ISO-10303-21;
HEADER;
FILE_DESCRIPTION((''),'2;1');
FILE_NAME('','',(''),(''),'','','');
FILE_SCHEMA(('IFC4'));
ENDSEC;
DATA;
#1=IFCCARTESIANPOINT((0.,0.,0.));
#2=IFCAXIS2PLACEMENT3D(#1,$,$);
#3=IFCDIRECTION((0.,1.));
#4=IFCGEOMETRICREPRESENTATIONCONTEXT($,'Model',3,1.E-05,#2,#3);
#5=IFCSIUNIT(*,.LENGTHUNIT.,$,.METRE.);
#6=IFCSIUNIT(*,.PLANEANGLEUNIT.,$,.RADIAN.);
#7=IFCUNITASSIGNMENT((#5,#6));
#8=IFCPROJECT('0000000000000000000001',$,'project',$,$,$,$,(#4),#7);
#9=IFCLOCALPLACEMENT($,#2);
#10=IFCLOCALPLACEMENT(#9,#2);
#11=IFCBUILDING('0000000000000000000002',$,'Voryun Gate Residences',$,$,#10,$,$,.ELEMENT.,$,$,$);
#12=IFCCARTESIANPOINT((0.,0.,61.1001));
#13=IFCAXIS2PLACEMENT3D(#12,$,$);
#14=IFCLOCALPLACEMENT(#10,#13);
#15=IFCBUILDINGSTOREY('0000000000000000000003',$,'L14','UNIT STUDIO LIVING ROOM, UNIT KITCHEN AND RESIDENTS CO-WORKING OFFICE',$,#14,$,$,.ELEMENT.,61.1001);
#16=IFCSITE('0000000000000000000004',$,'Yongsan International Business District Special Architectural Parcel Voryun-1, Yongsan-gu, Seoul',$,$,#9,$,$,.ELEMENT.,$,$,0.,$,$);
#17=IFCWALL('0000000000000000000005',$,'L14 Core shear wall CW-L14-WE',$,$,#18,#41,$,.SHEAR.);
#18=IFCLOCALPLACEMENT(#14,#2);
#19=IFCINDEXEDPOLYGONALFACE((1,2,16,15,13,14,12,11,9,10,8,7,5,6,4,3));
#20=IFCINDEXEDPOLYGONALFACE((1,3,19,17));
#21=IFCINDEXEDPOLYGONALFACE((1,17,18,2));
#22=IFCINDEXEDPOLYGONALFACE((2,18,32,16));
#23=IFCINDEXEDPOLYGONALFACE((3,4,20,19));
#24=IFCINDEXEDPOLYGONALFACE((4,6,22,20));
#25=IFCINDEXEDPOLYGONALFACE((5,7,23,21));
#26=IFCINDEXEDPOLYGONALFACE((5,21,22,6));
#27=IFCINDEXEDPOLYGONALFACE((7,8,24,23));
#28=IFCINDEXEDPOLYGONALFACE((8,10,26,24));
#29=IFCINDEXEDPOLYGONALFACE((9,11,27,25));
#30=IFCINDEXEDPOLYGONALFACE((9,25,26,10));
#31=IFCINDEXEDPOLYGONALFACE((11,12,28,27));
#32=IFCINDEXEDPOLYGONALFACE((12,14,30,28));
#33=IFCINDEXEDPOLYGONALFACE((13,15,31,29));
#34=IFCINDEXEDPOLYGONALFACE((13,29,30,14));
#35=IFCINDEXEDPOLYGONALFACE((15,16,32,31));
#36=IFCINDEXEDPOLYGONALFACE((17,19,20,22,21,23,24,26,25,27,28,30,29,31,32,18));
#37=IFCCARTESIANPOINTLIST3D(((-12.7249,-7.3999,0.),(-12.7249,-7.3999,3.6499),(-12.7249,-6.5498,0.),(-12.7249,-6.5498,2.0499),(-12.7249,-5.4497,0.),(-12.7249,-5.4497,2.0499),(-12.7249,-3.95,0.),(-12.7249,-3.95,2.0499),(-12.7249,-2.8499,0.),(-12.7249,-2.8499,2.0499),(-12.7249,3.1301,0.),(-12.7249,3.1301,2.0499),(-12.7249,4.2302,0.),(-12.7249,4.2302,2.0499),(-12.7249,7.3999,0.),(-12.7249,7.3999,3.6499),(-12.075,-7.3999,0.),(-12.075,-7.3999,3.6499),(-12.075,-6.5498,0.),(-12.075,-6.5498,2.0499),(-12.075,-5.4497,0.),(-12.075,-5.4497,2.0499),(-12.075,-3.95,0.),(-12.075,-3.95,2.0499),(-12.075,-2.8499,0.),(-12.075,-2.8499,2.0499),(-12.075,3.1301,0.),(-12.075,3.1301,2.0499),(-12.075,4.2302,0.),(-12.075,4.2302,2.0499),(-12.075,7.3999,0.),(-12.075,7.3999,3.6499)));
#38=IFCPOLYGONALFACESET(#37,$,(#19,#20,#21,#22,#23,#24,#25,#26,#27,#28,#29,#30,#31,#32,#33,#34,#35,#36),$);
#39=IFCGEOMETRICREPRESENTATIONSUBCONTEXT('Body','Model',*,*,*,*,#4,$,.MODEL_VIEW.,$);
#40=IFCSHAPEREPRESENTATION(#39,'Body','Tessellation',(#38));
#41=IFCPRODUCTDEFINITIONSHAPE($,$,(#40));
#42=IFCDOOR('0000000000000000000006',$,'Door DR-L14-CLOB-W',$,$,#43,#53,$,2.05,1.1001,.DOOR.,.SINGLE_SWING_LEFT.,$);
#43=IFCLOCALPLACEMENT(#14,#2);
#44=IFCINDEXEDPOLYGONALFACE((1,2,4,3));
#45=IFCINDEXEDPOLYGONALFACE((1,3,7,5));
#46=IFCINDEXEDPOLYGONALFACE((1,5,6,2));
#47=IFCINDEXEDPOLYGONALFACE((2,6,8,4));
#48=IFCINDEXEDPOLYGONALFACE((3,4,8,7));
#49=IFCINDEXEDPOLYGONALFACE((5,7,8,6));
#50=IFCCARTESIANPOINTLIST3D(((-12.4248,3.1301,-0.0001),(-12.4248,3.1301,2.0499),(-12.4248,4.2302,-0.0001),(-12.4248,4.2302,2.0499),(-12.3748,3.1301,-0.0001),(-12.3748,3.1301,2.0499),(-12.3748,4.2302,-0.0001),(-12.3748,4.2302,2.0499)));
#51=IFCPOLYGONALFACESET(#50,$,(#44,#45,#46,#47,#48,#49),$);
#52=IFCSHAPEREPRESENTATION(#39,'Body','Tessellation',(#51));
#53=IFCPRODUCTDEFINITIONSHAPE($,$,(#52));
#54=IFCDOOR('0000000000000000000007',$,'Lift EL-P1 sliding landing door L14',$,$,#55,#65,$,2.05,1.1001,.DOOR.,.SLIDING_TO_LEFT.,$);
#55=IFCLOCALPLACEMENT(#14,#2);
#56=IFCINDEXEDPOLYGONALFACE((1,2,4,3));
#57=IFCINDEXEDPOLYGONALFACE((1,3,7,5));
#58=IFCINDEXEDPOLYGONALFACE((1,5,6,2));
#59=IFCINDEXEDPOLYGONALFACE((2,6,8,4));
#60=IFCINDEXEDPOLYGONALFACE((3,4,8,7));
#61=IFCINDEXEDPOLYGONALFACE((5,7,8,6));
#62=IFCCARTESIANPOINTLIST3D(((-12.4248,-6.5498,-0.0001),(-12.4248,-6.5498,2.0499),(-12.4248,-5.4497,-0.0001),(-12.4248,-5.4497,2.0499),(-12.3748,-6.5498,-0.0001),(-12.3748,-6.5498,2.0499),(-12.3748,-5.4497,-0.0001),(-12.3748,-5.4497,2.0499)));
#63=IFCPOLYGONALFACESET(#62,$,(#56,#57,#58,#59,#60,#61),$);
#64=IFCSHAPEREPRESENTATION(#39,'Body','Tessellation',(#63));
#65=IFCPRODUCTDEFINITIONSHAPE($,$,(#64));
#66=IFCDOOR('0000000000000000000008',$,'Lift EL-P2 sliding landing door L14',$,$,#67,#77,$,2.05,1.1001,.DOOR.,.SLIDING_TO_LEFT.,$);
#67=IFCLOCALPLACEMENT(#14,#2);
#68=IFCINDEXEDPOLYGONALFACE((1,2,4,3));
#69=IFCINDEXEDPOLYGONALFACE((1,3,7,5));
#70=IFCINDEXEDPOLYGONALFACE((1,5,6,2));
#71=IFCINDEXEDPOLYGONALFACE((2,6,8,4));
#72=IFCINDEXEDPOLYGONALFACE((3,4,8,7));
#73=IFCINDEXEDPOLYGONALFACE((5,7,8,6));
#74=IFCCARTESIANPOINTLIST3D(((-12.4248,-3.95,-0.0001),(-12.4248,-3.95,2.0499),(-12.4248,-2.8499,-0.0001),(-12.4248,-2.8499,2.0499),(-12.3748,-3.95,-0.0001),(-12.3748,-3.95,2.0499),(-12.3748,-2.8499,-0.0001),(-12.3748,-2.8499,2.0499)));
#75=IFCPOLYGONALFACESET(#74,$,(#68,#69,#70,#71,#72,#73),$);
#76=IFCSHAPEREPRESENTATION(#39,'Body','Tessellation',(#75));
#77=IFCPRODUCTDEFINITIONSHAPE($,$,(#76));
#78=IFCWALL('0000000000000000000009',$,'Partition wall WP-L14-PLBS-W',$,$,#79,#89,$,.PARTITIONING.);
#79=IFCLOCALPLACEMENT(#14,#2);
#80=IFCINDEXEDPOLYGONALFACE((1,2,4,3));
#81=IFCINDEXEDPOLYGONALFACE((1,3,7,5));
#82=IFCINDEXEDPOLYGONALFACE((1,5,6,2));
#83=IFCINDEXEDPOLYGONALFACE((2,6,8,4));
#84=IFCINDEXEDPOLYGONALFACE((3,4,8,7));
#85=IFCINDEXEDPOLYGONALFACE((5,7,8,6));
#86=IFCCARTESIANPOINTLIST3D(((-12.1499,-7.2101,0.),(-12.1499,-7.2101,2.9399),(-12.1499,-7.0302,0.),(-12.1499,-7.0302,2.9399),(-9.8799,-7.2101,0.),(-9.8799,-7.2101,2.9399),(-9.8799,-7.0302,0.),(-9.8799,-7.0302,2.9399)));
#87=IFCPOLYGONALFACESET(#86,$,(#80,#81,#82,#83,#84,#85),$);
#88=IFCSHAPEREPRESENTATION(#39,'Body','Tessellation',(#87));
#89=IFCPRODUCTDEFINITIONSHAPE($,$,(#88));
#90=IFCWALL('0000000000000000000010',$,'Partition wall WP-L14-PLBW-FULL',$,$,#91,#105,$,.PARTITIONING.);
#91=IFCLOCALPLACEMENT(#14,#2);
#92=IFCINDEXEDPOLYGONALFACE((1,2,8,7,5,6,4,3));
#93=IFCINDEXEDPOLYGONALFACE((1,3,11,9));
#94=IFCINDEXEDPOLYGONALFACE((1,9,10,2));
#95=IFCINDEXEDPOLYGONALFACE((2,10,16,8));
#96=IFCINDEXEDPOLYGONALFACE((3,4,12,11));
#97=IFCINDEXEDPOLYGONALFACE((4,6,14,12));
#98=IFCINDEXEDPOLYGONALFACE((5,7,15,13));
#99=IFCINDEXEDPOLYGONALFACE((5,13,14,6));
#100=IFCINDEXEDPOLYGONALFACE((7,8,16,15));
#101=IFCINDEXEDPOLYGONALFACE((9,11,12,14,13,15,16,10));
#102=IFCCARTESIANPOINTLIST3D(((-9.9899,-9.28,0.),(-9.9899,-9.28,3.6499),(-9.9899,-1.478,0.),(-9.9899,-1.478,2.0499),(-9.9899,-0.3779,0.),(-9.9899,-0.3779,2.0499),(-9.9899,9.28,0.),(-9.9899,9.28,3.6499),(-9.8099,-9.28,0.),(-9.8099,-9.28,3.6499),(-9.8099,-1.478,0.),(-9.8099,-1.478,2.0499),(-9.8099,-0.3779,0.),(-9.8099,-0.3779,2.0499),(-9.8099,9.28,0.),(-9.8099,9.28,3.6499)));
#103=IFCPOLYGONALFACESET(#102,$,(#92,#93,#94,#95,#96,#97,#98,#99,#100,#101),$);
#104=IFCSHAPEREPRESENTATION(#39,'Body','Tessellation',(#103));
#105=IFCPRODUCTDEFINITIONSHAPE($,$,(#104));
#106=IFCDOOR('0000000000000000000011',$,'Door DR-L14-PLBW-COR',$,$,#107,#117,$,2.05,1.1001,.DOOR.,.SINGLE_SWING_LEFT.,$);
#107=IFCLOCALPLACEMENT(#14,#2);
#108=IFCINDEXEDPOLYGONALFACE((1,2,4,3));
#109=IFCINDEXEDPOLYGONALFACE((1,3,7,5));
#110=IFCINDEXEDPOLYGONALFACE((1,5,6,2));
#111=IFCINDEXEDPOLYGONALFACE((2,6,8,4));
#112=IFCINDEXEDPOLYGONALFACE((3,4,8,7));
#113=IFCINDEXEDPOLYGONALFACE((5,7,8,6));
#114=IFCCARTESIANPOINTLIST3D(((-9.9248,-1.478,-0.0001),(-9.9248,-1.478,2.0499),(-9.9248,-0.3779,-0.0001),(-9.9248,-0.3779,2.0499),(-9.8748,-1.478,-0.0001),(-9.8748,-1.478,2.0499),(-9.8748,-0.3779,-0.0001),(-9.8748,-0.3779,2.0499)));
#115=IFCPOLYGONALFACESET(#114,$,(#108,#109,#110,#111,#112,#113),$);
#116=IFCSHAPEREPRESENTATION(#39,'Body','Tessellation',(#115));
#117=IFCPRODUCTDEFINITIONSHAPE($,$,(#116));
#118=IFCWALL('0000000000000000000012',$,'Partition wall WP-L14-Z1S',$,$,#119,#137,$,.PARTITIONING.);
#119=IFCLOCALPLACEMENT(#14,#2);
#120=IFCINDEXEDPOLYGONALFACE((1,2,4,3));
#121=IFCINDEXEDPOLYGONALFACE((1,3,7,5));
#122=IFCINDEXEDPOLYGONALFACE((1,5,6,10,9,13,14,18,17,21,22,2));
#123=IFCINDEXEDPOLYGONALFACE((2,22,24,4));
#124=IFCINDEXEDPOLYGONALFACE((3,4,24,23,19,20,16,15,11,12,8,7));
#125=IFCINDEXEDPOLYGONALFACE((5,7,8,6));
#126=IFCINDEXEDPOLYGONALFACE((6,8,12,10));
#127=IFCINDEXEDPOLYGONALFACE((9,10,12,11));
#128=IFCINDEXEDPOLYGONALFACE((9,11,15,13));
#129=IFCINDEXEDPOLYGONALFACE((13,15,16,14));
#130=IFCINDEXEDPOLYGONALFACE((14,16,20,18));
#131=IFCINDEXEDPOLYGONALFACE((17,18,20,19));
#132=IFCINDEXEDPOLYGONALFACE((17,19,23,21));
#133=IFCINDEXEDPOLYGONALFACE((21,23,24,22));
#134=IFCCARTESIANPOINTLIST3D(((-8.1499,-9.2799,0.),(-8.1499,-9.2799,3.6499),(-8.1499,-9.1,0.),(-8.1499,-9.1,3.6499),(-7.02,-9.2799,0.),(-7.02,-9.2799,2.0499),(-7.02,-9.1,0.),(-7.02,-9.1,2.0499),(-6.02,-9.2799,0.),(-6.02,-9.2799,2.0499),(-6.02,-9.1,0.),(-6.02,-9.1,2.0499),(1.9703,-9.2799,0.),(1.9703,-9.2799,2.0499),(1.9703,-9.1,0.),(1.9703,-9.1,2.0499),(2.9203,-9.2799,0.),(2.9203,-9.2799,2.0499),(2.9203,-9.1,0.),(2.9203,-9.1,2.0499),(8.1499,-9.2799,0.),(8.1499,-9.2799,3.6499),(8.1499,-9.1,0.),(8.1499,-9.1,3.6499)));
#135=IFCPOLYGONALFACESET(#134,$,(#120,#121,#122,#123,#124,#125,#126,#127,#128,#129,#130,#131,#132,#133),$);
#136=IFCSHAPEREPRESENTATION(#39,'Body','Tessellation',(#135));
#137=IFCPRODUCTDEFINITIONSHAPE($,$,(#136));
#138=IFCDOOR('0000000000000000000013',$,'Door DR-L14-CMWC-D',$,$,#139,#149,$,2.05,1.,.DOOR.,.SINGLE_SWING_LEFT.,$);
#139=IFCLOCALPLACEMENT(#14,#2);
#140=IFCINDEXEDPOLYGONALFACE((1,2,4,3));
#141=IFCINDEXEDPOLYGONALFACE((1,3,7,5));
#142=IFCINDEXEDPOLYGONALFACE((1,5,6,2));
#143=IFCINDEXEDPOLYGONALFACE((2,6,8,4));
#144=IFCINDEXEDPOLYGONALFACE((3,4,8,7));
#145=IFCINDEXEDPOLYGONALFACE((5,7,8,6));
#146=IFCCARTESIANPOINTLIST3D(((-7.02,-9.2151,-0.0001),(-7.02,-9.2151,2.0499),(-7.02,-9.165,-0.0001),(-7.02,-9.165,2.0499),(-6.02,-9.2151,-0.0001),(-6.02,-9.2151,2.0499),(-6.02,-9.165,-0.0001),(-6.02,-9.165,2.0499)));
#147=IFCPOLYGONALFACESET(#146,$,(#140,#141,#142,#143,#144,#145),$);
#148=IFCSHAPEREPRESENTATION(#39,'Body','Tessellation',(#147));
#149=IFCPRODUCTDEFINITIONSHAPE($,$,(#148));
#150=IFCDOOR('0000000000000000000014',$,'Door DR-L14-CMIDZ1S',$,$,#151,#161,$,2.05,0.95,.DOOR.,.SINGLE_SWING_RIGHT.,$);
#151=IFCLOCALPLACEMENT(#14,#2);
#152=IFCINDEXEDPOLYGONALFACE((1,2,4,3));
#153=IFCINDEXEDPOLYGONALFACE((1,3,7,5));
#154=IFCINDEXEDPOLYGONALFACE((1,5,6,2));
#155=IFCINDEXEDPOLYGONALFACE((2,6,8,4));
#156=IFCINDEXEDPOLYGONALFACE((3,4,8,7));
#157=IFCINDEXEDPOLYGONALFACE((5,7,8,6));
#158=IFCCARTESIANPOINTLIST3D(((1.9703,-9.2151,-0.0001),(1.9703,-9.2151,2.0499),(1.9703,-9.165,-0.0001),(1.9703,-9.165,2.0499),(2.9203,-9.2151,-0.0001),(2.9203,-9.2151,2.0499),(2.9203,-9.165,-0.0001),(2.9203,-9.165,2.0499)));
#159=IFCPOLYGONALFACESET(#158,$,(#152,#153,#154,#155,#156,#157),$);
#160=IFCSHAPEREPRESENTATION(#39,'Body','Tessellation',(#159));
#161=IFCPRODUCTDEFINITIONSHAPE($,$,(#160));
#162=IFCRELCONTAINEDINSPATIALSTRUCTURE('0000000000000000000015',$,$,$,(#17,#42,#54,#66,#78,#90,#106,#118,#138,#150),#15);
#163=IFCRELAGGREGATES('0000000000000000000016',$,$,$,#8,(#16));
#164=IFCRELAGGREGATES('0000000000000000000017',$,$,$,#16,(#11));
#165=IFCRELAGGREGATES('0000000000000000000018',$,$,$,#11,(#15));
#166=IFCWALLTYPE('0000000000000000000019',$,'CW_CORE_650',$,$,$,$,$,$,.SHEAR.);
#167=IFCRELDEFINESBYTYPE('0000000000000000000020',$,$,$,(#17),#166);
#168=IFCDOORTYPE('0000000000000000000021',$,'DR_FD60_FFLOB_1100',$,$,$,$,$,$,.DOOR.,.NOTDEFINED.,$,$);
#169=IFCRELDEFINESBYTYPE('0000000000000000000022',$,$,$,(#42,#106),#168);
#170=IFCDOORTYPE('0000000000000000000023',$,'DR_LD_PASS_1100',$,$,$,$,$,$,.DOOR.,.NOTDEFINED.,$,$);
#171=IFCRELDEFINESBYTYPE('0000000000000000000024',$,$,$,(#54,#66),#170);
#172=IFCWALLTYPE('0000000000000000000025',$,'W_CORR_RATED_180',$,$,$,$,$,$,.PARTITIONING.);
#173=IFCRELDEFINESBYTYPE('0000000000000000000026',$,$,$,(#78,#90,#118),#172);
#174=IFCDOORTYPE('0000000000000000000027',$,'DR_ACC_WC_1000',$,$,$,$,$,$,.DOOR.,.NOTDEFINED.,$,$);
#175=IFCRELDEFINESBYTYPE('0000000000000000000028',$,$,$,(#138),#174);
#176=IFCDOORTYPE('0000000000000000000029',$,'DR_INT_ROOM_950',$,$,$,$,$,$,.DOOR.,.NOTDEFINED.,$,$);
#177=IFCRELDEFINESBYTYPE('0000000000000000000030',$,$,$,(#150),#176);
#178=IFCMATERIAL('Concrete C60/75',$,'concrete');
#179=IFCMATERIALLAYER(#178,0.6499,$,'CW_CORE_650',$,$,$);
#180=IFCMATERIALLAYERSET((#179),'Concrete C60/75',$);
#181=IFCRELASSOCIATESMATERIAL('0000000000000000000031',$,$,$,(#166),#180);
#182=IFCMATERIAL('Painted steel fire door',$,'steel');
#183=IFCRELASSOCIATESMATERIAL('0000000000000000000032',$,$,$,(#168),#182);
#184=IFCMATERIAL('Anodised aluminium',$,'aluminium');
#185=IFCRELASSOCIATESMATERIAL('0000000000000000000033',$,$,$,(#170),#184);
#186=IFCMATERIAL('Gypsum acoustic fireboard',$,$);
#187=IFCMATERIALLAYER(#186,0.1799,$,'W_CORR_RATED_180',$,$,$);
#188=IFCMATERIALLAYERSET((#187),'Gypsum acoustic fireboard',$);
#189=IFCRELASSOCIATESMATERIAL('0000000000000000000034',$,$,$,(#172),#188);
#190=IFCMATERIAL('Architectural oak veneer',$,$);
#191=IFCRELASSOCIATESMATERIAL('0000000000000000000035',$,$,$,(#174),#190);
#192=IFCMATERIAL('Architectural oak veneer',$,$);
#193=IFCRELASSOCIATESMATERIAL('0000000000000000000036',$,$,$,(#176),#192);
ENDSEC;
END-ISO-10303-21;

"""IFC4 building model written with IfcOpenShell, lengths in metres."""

from ifc_helpers import new_model, si_unit, direction, frame, frame_2d, origin, place, context, subcontext, project, spatial, rectangle, extrude, material, layer, layer_set, type_object, element, fill, save


model = new_model("IFC4")

# Units and contexts
model_context = context("Model", 3, precision=1e-05, world=origin(), true_north=direction((0.0, 1.0)))
body_context = subcontext(model_context, "Body", "Model", "MODEL_VIEW")
ifc_project = project(units=[si_unit("LENGTHUNIT", "METRE"), si_unit("PLANEANGLEUNIT", "RADIAN")], contexts=[model_context])

# Site, building, storey
site_placement = place(None, origin())
site = spatial("IfcSite", under=ifc_project, at=site_placement, Name="Yongsan International Business District Special Architectural Parcel Voryun-1, Yongsan-gu, Seoul", CompositionType="ELEMENT", RefElevation=0.0)
building_placement = place(site_placement, origin())
building = spatial("IfcBuilding", under=site, at=building_placement, Name="Voryun Gate Residences", CompositionType="ELEMENT")
storey_placement = place(building_placement, frame((0.0, 0.0, 61.1001)))
storey = spatial("IfcBuildingStorey", under=building, at=storey_placement, Name="L14", Description="UNIT STUDIO LIVING ROOM, UNIT KITCHEN AND RESIDENTS CO-WORKING OFFICE", CompositionType="ELEMENT", Elevation=61.1001)

# Wall, openings, doors
ifc_material_1 = material(Name="Concrete C60/75", Category="concrete")
ifc_layer_1 = layer(ifc_material_1, 0.6499, Name="CW_CORE_650")
ifc_layer_set_1 = layer_set([ifc_layer_1], Name="Concrete C60/75")
wall_type_1 = type_object("IfcWallType", Name="CW_CORE_650", PredefinedType="SHEAR", material=ifc_layer_set_1)
wall_1_placement = place(storey_placement, frame((-12.3999, -7.3999, 0.0), z_axis=(0.0, 0.0, 1.0), x_axis=(0.0, 1.0, 0.0)))
wall_1 = element("IfcWall", 1, at=wall_1_placement, inside=storey, type_object=wall_type_1, Name="L14 Core shear wall CW-L14-WE", PredefinedType="SHEAR", context=body_context, shape_type="SweptSolid", body=[
    extrude(rectangle(XDim=14.7998, YDim=0.6499, at=frame_2d((7.3999, 0.0))), origin(), (0.0, 0.0, 1.0), 3.6499),
])
opening_1_placement = place(wall_1_placement, frame((0.8501, 0.0, 0.0)))
opening_1 = element("IfcOpeningElement", 2, at=opening_1_placement, cuts=wall_1, PredefinedType="OPENING", context=body_context, shape_type="SweptSolid", body=[
    extrude(rectangle(XDim=1.1001, YDim=2.05, at=frame_2d((0.55, 1.0249))), frame((0.0, 0.335, 0.0), z_axis=(0.0, -1.0, 0.0), x_axis=(1.0, 0.0, 0.0)), (0.0, 0.0, 1.0), 0.6699),
])
opening_2_placement = place(wall_1_placement, frame((3.45, 0.0, 0.0)))
opening_2 = element("IfcOpeningElement", 3, at=opening_2_placement, cuts=wall_1, PredefinedType="OPENING", context=body_context, shape_type="SweptSolid", body=[
    extrude(rectangle(XDim=1.1001, YDim=2.05, at=frame_2d((0.55, 1.0249))), frame((0.0, 0.335, 0.0), z_axis=(0.0, -1.0, 0.0), x_axis=(1.0, 0.0, 0.0)), (0.0, 0.0, 1.0), 0.6699),
])
opening_3_placement = place(wall_1_placement, frame((10.53, 0.0, 0.0)))
opening_3 = element("IfcOpeningElement", 4, at=opening_3_placement, cuts=wall_1, PredefinedType="OPENING", context=body_context, shape_type="SweptSolid", body=[
    extrude(rectangle(XDim=1.1001, YDim=2.05, at=frame_2d((0.55, 1.0249))), frame((0.0, 0.335, 0.0), z_axis=(0.0, -1.0, 0.0), x_axis=(1.0, 0.0, 0.0)), (0.0, 0.0, 1.0), 0.6699),
])
ifc_material_2 = material(Name="Painted steel fire door", Category="steel")
door_type_1 = type_object("IfcDoorType", Name="DR_FD60_FFLOB_1100", OperationType="NOTDEFINED", PredefinedType="DOOR", material=ifc_material_2)
door_1_placement = place(opening_3_placement, origin())
door_1 = element("IfcDoor", 5, at=door_1_placement, inside=storey, type_object=door_type_1, Name="Door DR-L14-CLOB-W", OperationType="SINGLE_SWING_LEFT", OverallHeight=2.05, OverallWidth=1.1001, PredefinedType="DOOR", context=body_context, shape_type="SweptSolid", body=[
    extrude(rectangle(XDim=1.1001, YDim=2.05, at=frame_2d((0.55, 1.0249))), frame((0.0, 0.0249, 0.0), z_axis=(0.0, -1.0, 0.0), x_axis=(1.0, 0.0, 0.0)), (0.0, 0.0, 1.0), 0.05),
])
fill(opening_3, door_1)
ifc_material_3 = material(Name="Anodised aluminium", Category="aluminium")
door_type_2 = type_object("IfcDoorType", Name="DR_LD_PASS_1100", OperationType="NOTDEFINED", PredefinedType="DOOR", material=ifc_material_3)
door_2_placement = place(opening_1_placement, origin())
door_2 = element("IfcDoor", 6, at=door_2_placement, inside=storey, type_object=door_type_2, Name="Lift EL-P1 sliding landing door L14", OperationType="SLIDING_TO_LEFT", OverallHeight=2.05, OverallWidth=1.1001, PredefinedType="DOOR", context=body_context, shape_type="SweptSolid", body=[
    extrude(rectangle(XDim=1.1001, YDim=2.05, at=frame_2d((0.55, 1.0249))), frame((0.0, 0.0249, 0.0), z_axis=(0.0, -1.0, 0.0), x_axis=(1.0, 0.0, 0.0)), (0.0, 0.0, 1.0), 0.05),
])
fill(opening_1, door_2)
door_3_placement = place(opening_2_placement, origin())
door_3 = element("IfcDoor", 7, at=door_3_placement, inside=storey, type_object=door_type_2, Name="Lift EL-P2 sliding landing door L14", OperationType="SLIDING_TO_LEFT", OverallHeight=2.05, OverallWidth=1.1001, PredefinedType="DOOR", context=body_context, shape_type="SweptSolid", body=[
    extrude(rectangle(XDim=1.1001, YDim=2.05, at=frame_2d((0.55, 1.0249))), frame((0.0, 0.0249, 0.0), z_axis=(0.0, -1.0, 0.0), x_axis=(1.0, 0.0, 0.0)), (0.0, 0.0, 1.0), 0.05),
])
fill(opening_2, door_3)

# Wall
ifc_material_4 = material(Name="Gypsum acoustic fireboard")
ifc_layer_2 = layer(ifc_material_4, 0.1799, Name="W_CORR_RATED_180")
ifc_layer_set_2 = layer_set([ifc_layer_2], Name="Gypsum acoustic fireboard")
wall_type_2 = type_object("IfcWallType", Name="W_CORR_RATED_180", PredefinedType="PARTITIONING", material=ifc_layer_set_2)
wall_2_placement = place(storey_placement, frame((-12.1499, -7.1201, 0.0), z_axis=(0.0, 0.0, 1.0), x_axis=(1.0, 0.0, 0.0)))
element("IfcWall", 8, at=wall_2_placement, inside=storey, type_object=wall_type_2, Name="Partition wall WP-L14-PLBS-W", PredefinedType="PARTITIONING", context=body_context, shape_type="SweptSolid", body=[
    extrude(rectangle(XDim=2.27, YDim=0.1799, at=frame_2d((1.135, 0.0))), origin(), (0.0, 0.0, 1.0), 2.9399),
])

# Wall, opening, door
wall_3_placement = place(storey_placement, frame((-9.8999, -9.28, 0.0), z_axis=(0.0, 0.0, 1.0), x_axis=(0.0, 1.0, 0.0)))
wall_3 = element("IfcWall", 9, at=wall_3_placement, inside=storey, type_object=wall_type_2, Name="Partition wall WP-L14-PLBW-FULL", PredefinedType="PARTITIONING", context=body_context, shape_type="SweptSolid", body=[
    extrude(rectangle(XDim=18.5601, YDim=0.1799, at=frame_2d((9.28, 0.0))), origin(), (0.0, 0.0, 1.0), 3.6499),
])
opening_4_placement = place(wall_3_placement, frame((7.802, 0.0, 0.0)))
opening_4 = element("IfcOpeningElement", 10, at=opening_4_placement, cuts=wall_3, PredefinedType="OPENING", context=body_context, shape_type="SweptSolid", body=[
    extrude(rectangle(XDim=1.1001, YDim=2.05, at=frame_2d((0.55, 1.0249))), frame((0.0, 0.0999, 0.0), z_axis=(0.0, -1.0, 0.0), x_axis=(1.0, 0.0, 0.0)), (0.0, 0.0, 1.0), 0.2),
])
door_4_placement = place(opening_4_placement, origin())
door_4 = element("IfcDoor", 11, at=door_4_placement, inside=storey, type_object=door_type_1, Name="Door DR-L14-PLBW-COR", OperationType="SINGLE_SWING_LEFT", OverallHeight=2.05, OverallWidth=1.1001, PredefinedType="DOOR", context=body_context, shape_type="SweptSolid", body=[
    extrude(rectangle(XDim=1.1001, YDim=2.05, at=frame_2d((0.55, 1.0249))), frame((0.0, 0.0249, 0.0), z_axis=(0.0, -1.0, 0.0), x_axis=(1.0, 0.0, 0.0)), (0.0, 0.0, 1.0), 0.05),
])
fill(opening_4, door_4)

# Wall, openings, doors
wall_4_placement = place(storey_placement, frame((-8.1499, -9.1899, 0.0), z_axis=(0.0, 0.0, 1.0), x_axis=(1.0, 0.0, 0.0)))
wall_4 = element("IfcWall", 12, at=wall_4_placement, inside=storey, type_object=wall_type_2, Name="Partition wall WP-L14-Z1S", PredefinedType="PARTITIONING", context=body_context, shape_type="SweptSolid", body=[
    extrude(rectangle(XDim=16.2998, YDim=0.1799, at=frame_2d((8.1499, 0.0))), origin(), (0.0, 0.0, 1.0), 3.6499),
])
opening_5_placement = place(wall_4_placement, frame((1.1299, 0.0, 0.0)))
opening_5 = element("IfcOpeningElement", 13, at=opening_5_placement, cuts=wall_4, PredefinedType="OPENING", context=body_context, shape_type="SweptSolid", body=[
    extrude(rectangle(XDim=1.0, YDim=2.05, at=frame_2d((0.5, 1.0249))), frame((0.0, 0.0999, 0.0), z_axis=(0.0, -1.0, 0.0), x_axis=(1.0, 0.0, 0.0)), (0.0, 0.0, 1.0), 0.2),
])
opening_6_placement = place(wall_4_placement, frame((10.1201, 0.0, 0.0)))
opening_6 = element("IfcOpeningElement", 14, at=opening_6_placement, cuts=wall_4, PredefinedType="OPENING", context=body_context, shape_type="SweptSolid", body=[
    extrude(rectangle(XDim=0.95, YDim=2.05, at=frame_2d((0.4751, 1.0249))), frame((0.0, 0.0999, 0.0), z_axis=(0.0, -1.0, 0.0), x_axis=(1.0, 0.0, 0.0)), (0.0, 0.0, 1.0), 0.2),
])
ifc_material_5 = material(Name="Architectural oak veneer")
door_type_3 = type_object("IfcDoorType", Name="DR_ACC_WC_1000", OperationType="NOTDEFINED", PredefinedType="DOOR", material=ifc_material_5)
door_5_placement = place(opening_5_placement, origin())
door_5 = element("IfcDoor", 15, at=door_5_placement, inside=storey, type_object=door_type_3, Name="Door DR-L14-CMWC-D", OperationType="SINGLE_SWING_LEFT", OverallHeight=2.05, OverallWidth=1.0, PredefinedType="DOOR", context=body_context, shape_type="SweptSolid", body=[
    extrude(rectangle(XDim=1.0, YDim=2.05, at=frame_2d((0.5, 1.0249))), frame((0.0, 0.0249, 0.0), z_axis=(0.0, -1.0, 0.0), x_axis=(1.0, 0.0, 0.0)), (0.0, 0.0, 1.0), 0.05),
])
fill(opening_5, door_5)
ifc_material_6 = material(Name="Architectural oak veneer")
door_type_4 = type_object("IfcDoorType", Name="DR_INT_ROOM_950", OperationType="NOTDEFINED", PredefinedType="DOOR", material=ifc_material_6)
door_6_placement = place(opening_6_placement, origin())
door_6 = element("IfcDoor", 16, at=door_6_placement, inside=storey, type_object=door_type_4, Name="Door DR-L14-CMIDZ1S", OperationType="SINGLE_SWING_RIGHT", OverallHeight=2.05, OverallWidth=0.95, PredefinedType="DOOR", context=body_context, shape_type="SweptSolid", body=[
    extrude(rectangle(XDim=0.95, YDim=2.05, at=frame_2d((0.4751, 1.0249))), frame((0.0, 0.0249, 0.0), z_axis=(0.0, -1.0, 0.0), x_axis=(1.0, 0.0, 0.0)), (0.0, 0.0, 1.0), 0.05),
])
fill(opening_6, door_6)

save(model, "model.ifc")
